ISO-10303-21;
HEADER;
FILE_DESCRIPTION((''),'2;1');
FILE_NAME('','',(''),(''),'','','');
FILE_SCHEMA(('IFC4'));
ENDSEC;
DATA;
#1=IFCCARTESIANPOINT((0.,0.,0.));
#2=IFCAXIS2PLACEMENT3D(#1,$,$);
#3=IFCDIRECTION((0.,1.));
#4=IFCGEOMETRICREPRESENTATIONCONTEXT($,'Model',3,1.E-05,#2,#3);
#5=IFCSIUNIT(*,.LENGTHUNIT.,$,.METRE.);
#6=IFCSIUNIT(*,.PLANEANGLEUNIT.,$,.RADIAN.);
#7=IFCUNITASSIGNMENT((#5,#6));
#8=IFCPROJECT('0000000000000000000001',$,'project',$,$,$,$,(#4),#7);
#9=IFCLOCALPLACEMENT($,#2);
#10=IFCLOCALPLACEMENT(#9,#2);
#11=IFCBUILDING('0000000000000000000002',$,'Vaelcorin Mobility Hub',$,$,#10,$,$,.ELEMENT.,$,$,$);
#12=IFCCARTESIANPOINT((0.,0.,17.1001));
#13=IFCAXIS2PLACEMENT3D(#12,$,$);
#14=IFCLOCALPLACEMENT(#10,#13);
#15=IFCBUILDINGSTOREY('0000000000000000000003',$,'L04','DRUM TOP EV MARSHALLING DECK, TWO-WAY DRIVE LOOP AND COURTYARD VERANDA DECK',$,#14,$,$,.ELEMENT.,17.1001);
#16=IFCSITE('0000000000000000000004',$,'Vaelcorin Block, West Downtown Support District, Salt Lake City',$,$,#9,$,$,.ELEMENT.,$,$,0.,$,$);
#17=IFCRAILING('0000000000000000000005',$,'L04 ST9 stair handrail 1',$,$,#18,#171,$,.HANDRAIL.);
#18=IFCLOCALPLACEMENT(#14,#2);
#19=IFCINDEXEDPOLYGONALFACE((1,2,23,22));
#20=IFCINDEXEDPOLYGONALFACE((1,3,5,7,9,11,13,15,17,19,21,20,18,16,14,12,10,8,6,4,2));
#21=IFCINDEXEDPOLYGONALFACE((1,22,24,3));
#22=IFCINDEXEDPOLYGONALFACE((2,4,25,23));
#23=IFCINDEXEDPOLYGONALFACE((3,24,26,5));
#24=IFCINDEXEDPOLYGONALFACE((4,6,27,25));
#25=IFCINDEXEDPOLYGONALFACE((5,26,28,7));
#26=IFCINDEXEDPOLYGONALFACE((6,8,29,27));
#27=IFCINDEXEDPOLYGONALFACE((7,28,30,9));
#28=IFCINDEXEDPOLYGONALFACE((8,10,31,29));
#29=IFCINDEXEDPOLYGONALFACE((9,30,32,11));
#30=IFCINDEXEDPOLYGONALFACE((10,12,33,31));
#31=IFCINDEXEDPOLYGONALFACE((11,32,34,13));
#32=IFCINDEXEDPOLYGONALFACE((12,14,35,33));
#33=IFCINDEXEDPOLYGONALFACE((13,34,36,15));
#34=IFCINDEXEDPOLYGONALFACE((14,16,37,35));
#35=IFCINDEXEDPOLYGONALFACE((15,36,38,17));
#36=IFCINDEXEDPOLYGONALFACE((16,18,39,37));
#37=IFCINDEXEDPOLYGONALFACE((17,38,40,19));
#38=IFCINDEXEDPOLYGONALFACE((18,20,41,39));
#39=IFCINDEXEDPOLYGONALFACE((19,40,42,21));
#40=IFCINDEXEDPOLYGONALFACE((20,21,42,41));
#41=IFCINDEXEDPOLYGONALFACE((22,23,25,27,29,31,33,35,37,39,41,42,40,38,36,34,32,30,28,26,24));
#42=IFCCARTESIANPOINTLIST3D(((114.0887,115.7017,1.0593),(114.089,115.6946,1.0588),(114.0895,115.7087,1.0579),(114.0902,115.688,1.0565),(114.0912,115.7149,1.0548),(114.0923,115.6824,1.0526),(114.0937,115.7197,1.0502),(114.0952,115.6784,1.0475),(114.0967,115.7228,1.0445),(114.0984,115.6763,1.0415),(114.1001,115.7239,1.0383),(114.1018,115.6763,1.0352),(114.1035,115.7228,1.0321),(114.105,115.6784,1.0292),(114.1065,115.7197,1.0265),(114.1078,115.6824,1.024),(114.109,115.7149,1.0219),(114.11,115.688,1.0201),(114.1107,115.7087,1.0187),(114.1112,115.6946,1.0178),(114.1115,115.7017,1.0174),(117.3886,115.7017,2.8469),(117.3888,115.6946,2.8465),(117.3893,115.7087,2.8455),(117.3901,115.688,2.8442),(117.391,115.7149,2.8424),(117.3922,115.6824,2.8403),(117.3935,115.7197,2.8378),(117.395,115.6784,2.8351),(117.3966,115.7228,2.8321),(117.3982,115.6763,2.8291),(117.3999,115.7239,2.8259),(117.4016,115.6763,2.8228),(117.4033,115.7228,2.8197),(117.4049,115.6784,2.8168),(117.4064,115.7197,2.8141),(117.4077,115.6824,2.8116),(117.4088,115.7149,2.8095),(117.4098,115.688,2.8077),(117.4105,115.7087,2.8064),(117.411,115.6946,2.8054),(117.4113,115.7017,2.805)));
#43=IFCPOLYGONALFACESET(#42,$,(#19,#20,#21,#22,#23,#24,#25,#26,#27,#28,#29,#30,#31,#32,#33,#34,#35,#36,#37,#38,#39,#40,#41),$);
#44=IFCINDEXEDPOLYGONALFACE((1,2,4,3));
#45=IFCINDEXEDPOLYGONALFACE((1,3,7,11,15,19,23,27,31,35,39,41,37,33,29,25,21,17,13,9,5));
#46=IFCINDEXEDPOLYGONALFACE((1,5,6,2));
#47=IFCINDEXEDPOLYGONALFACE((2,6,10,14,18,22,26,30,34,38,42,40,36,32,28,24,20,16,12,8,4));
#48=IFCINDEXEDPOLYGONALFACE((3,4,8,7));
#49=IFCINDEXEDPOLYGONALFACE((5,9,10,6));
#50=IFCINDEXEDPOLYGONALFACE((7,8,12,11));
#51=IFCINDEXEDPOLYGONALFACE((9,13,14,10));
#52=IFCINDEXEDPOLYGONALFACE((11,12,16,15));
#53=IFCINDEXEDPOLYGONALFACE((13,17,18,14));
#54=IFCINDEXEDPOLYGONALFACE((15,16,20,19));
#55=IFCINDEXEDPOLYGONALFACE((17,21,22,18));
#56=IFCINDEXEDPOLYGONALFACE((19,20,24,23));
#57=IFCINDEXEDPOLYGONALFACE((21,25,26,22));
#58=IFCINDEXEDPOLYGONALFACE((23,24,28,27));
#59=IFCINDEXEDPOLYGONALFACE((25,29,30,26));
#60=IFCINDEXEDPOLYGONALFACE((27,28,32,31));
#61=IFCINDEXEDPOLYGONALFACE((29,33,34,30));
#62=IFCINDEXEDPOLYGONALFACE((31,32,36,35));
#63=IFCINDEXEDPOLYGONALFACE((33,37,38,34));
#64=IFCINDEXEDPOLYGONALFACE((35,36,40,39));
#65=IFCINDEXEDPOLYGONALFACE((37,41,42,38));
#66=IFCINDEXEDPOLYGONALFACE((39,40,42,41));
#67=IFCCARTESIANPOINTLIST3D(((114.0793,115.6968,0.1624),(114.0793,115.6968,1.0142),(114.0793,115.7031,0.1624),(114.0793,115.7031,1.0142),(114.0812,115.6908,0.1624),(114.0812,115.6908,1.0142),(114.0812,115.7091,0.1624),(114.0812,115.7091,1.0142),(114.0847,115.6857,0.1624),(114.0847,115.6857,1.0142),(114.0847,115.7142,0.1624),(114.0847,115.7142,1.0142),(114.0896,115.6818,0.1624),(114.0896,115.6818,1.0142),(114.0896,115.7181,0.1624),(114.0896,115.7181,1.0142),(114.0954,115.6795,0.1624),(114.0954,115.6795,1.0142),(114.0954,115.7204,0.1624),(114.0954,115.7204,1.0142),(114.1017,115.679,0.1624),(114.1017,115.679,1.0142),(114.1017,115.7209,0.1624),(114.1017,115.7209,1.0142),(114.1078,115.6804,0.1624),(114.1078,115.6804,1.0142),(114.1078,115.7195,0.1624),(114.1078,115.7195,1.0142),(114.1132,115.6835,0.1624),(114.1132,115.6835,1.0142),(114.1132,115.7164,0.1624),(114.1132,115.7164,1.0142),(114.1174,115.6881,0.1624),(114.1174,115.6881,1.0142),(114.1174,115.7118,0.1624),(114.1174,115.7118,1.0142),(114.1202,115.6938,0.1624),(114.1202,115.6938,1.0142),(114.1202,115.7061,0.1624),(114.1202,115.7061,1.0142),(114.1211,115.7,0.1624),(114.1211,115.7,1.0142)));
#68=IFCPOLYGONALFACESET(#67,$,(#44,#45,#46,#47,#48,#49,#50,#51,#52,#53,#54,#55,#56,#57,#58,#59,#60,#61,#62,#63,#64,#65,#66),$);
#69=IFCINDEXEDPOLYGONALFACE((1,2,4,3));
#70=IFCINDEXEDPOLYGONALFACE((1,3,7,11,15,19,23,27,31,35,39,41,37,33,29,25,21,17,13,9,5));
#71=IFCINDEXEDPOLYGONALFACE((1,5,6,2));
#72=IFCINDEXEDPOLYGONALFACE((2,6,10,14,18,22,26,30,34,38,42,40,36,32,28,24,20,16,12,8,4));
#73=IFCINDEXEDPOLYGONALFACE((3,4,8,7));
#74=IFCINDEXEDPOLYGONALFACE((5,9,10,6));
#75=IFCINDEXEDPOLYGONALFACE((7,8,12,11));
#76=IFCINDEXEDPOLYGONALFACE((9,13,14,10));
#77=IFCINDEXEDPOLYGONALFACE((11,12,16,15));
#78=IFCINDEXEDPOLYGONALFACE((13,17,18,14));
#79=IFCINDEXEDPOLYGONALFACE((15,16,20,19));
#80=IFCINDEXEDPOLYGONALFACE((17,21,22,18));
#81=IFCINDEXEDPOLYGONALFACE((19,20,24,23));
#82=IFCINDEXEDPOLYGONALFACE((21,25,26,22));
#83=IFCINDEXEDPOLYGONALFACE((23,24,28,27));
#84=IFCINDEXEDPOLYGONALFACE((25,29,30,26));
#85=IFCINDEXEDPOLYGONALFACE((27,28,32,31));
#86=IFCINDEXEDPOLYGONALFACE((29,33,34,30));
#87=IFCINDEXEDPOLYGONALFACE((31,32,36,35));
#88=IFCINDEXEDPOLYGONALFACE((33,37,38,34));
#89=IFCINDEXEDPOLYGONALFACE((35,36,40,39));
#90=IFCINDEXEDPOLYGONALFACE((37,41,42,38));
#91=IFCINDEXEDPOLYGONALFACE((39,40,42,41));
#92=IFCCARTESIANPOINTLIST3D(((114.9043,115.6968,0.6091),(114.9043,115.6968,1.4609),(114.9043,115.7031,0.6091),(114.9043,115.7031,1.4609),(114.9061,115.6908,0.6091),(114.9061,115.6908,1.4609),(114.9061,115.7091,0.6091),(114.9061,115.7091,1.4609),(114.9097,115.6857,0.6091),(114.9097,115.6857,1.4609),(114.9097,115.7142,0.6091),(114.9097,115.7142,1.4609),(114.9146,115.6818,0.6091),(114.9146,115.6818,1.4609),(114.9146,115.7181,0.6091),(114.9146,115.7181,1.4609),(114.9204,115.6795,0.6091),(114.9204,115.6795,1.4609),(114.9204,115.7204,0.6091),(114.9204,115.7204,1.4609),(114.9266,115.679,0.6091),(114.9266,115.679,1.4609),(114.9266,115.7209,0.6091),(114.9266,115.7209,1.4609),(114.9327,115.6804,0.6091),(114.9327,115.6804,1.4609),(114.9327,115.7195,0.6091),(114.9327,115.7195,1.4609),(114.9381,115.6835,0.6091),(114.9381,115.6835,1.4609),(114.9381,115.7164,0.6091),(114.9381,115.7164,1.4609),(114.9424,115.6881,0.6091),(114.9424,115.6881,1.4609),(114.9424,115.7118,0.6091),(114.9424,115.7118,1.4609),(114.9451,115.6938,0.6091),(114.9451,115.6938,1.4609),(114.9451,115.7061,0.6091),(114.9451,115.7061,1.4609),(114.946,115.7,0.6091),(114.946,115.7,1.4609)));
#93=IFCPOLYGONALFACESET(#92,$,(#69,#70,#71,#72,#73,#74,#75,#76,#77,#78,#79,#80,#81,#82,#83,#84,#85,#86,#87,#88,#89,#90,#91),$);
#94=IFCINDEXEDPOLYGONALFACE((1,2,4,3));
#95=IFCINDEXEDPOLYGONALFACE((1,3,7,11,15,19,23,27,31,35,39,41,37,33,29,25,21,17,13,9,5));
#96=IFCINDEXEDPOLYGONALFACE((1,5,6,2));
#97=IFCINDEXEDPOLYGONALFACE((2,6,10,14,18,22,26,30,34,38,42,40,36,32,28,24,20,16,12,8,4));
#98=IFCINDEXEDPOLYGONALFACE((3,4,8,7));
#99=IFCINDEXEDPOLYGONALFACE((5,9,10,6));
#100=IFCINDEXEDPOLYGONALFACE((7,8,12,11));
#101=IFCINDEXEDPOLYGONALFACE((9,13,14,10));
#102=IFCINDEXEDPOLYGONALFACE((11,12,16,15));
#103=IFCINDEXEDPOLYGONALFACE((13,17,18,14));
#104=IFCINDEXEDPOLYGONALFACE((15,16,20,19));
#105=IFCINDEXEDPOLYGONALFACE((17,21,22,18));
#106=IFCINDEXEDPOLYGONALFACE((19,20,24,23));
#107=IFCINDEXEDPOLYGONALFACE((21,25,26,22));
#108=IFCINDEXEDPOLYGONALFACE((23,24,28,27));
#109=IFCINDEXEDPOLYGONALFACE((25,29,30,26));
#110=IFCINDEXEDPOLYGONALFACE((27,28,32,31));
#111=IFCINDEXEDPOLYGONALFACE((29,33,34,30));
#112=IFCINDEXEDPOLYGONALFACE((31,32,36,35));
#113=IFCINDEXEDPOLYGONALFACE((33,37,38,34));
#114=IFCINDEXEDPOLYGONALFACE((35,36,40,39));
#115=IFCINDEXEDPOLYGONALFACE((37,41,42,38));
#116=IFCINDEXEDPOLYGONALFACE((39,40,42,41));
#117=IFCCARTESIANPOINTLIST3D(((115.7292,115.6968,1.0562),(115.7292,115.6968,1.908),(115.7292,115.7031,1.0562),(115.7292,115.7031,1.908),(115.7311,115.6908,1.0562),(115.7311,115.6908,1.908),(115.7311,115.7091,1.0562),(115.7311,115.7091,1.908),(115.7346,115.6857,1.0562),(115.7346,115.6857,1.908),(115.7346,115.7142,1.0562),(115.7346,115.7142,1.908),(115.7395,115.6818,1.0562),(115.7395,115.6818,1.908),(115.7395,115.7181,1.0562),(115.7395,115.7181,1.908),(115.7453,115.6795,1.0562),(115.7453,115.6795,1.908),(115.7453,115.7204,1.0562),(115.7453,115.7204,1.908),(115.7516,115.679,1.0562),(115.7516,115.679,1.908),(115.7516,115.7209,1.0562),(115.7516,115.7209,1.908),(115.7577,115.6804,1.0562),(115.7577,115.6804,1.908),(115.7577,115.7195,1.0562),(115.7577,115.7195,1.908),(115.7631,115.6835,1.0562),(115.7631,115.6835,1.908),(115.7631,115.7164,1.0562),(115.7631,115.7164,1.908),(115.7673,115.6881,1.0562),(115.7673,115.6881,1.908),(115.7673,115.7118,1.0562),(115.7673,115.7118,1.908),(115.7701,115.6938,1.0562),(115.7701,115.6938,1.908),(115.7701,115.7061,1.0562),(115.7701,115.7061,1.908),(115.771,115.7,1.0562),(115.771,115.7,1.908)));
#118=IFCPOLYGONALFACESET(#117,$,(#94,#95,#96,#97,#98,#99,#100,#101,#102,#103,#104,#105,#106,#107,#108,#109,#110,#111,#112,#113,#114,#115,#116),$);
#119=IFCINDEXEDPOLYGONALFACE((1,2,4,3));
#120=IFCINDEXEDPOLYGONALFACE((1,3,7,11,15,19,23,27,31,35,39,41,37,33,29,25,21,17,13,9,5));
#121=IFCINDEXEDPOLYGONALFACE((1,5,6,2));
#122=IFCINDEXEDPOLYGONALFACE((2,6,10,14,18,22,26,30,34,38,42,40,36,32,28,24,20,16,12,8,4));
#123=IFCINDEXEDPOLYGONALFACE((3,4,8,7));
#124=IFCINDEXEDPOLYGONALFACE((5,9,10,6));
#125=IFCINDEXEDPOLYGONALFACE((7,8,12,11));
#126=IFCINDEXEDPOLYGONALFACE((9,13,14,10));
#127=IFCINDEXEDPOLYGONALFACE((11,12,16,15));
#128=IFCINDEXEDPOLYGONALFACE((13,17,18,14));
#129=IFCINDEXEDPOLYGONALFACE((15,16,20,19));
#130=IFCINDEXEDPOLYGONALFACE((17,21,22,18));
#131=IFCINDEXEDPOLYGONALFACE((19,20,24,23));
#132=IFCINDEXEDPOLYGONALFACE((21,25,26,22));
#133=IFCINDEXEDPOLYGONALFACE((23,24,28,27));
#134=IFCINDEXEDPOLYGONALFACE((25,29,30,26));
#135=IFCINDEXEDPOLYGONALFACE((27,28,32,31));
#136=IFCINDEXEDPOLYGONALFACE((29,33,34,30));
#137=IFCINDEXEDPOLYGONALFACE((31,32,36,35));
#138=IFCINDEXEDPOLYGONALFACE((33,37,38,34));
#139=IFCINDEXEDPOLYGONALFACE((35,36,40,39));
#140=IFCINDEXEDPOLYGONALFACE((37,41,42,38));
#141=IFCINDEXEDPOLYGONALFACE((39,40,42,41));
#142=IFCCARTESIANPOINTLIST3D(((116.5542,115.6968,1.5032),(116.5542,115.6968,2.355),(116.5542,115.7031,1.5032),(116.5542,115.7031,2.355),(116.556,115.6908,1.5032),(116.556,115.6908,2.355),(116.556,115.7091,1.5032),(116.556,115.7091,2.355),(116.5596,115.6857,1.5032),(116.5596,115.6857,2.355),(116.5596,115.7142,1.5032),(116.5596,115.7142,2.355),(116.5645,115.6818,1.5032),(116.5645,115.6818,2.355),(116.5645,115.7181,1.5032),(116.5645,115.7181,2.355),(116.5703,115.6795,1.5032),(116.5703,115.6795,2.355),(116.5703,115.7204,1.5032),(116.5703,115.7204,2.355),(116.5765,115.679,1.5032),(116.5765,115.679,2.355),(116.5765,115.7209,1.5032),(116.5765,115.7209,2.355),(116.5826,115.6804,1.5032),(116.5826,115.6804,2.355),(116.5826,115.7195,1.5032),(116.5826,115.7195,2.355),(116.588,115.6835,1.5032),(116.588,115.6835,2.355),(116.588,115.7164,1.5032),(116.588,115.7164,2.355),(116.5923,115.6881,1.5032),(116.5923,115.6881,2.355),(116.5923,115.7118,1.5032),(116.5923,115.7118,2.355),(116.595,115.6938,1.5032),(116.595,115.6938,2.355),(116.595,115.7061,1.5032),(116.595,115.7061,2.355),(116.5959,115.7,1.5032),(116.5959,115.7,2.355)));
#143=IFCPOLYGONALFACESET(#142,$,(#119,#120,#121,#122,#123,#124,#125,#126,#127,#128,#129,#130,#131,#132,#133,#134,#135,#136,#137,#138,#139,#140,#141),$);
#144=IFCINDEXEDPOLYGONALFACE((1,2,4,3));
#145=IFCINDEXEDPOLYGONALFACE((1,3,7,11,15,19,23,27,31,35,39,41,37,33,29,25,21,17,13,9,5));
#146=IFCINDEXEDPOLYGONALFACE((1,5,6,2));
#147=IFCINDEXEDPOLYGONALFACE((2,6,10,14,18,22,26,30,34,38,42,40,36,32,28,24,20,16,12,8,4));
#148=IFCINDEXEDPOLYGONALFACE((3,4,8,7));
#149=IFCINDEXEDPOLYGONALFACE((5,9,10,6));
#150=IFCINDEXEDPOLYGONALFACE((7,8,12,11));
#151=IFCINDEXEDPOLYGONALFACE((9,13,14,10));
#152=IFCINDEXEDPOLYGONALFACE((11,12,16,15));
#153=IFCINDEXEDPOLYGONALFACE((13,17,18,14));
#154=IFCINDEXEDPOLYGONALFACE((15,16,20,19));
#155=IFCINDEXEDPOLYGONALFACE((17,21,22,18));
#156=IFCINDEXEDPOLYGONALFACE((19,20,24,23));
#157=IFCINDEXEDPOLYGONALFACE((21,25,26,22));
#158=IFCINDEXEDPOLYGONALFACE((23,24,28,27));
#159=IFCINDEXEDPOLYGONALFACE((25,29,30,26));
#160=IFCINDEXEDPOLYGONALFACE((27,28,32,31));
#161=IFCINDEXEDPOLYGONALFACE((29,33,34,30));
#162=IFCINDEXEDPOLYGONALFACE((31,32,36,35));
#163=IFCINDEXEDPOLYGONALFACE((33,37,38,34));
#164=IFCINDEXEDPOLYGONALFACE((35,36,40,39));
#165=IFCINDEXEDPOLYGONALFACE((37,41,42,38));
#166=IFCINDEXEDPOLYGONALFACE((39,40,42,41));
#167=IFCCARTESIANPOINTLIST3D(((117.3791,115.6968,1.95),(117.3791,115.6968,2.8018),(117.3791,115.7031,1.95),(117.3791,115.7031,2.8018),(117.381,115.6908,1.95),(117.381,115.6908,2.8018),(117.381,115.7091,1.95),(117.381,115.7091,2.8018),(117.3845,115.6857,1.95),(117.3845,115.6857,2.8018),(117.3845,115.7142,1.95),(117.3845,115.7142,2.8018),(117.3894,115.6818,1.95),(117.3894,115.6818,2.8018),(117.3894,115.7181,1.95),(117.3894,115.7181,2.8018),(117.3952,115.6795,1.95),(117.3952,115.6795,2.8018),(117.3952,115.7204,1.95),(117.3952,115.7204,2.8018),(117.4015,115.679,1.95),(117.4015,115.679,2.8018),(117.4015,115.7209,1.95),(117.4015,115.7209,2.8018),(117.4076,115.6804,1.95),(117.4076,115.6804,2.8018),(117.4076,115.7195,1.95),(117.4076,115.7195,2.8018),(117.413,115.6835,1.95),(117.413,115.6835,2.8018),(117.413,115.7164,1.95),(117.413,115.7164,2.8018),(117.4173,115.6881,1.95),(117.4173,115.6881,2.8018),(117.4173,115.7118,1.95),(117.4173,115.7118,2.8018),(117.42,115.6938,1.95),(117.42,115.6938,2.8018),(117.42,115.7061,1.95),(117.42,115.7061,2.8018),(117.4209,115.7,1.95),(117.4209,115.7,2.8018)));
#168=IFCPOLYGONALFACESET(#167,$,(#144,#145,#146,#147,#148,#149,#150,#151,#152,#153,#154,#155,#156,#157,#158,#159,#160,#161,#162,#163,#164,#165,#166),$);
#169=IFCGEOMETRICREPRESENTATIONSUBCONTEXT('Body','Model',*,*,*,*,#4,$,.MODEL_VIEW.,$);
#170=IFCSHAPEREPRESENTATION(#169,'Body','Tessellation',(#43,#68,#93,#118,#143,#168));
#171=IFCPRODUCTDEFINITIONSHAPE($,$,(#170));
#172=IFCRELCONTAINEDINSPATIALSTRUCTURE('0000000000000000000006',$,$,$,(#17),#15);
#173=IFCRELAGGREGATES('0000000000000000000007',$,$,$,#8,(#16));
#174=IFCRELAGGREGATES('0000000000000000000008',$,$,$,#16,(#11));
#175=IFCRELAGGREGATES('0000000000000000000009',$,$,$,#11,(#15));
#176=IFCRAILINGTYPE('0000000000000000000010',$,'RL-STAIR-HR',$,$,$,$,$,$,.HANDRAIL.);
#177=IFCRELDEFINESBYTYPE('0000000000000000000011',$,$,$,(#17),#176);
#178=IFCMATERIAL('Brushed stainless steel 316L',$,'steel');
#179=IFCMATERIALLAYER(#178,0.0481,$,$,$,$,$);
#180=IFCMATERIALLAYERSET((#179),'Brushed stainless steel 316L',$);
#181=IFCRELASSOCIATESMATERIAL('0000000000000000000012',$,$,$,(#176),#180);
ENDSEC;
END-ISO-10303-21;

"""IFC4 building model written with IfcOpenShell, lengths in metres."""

from ifc_helpers import new_model, si_unit, direction, frame, origin, origin_2d, place, context, subcontext, project, spatial, circle, extrude, material, layer, layer_set, type_object, element, save


model = new_model("IFC4")

# Units and contexts
model_context = context("Model", 3, precision=1e-05, world=origin(), true_north=direction((0.0, 1.0)))
body_context = subcontext(model_context, "Body", "Model", "MODEL_VIEW")
ifc_project = project(units=[si_unit("LENGTHUNIT", "METRE"), si_unit("PLANEANGLEUNIT", "RADIAN")], contexts=[model_context])

# Site, building, storey
site_placement = place(None, origin())
site = spatial("IfcSite", under=ifc_project, at=site_placement, Name="Vaelcorin Block, West Downtown Support District, Salt Lake City", CompositionType="ELEMENT", RefElevation=0.0)
building_placement = place(site_placement, origin())
building = spatial("IfcBuilding", under=site, at=building_placement, Name="Vaelcorin Mobility Hub", CompositionType="ELEMENT")
storey_placement = place(building_placement, frame((0.0, 0.0, 17.1001)))
storey = spatial("IfcBuildingStorey", under=building, at=storey_placement, Name="L04", Description="DRUM TOP EV MARSHALLING DECK, TWO-WAY DRIVE LOOP AND COURTYARD VERANDA DECK", CompositionType="ELEMENT", Elevation=17.1001)

# Shared definitions
ifc_material_1 = material(Name="Brushed stainless steel 316L", Category="steel")

# Railing
ifc_layer_1 = layer(ifc_material_1, 0.0481)
ifc_layer_set_1 = layer_set([ifc_layer_1], Name="Brushed stainless steel 316L")
railing_type_1 = type_object("IfcRailingType", Name="RL-STAIR-HR", PredefinedType="HANDRAIL", material=ifc_layer_set_1)
for number, where, name in (
    (1, (114.1001, 115.7, 0.1624), "L04 ST9 stair handrail 1"),
):
    element("IfcRailing", number, at=place(storey_placement, frame(where)), inside=storey, type_object=railing_type_1, Name=name, PredefinedType="HANDRAIL", context=body_context, shape_type="SweptSolid", body=[
        extrude(circle(Radius=0.0239, at=origin_2d()), frame((0.0, 0.0, 0.876), z_axis=(0.879269, 0.0, 0.476325), x_axis=(0.0, 1.0, 0.0)), (0.0, 0.0, 1.0), 3.7529),
        extrude(circle(Radius=0.021, at=origin_2d()), origin(), (0.0, 0.0, 1.0), 0.8518),
        extrude(circle(Radius=0.021, at=origin_2d()), frame((0.825, 0.0, 0.4468)), (0.0, 0.0, 1.0), 0.8518),
        extrude(circle(Radius=0.021, at=origin_2d()), frame((1.6499, 0.0, 0.8938)), (0.0, 0.0, 1.0), 0.8518),
        extrude(circle(Radius=0.021, at=origin_2d()), frame((2.4749, 0.0, 1.3408)), (0.0, 0.0, 1.0), 0.8518),
        extrude(circle(Radius=0.021, at=origin_2d()), frame((3.2998, 0.0, 1.7876)), (0.0, 0.0, 1.0), 0.8518),
    ])

save(model, "model.ifc")
